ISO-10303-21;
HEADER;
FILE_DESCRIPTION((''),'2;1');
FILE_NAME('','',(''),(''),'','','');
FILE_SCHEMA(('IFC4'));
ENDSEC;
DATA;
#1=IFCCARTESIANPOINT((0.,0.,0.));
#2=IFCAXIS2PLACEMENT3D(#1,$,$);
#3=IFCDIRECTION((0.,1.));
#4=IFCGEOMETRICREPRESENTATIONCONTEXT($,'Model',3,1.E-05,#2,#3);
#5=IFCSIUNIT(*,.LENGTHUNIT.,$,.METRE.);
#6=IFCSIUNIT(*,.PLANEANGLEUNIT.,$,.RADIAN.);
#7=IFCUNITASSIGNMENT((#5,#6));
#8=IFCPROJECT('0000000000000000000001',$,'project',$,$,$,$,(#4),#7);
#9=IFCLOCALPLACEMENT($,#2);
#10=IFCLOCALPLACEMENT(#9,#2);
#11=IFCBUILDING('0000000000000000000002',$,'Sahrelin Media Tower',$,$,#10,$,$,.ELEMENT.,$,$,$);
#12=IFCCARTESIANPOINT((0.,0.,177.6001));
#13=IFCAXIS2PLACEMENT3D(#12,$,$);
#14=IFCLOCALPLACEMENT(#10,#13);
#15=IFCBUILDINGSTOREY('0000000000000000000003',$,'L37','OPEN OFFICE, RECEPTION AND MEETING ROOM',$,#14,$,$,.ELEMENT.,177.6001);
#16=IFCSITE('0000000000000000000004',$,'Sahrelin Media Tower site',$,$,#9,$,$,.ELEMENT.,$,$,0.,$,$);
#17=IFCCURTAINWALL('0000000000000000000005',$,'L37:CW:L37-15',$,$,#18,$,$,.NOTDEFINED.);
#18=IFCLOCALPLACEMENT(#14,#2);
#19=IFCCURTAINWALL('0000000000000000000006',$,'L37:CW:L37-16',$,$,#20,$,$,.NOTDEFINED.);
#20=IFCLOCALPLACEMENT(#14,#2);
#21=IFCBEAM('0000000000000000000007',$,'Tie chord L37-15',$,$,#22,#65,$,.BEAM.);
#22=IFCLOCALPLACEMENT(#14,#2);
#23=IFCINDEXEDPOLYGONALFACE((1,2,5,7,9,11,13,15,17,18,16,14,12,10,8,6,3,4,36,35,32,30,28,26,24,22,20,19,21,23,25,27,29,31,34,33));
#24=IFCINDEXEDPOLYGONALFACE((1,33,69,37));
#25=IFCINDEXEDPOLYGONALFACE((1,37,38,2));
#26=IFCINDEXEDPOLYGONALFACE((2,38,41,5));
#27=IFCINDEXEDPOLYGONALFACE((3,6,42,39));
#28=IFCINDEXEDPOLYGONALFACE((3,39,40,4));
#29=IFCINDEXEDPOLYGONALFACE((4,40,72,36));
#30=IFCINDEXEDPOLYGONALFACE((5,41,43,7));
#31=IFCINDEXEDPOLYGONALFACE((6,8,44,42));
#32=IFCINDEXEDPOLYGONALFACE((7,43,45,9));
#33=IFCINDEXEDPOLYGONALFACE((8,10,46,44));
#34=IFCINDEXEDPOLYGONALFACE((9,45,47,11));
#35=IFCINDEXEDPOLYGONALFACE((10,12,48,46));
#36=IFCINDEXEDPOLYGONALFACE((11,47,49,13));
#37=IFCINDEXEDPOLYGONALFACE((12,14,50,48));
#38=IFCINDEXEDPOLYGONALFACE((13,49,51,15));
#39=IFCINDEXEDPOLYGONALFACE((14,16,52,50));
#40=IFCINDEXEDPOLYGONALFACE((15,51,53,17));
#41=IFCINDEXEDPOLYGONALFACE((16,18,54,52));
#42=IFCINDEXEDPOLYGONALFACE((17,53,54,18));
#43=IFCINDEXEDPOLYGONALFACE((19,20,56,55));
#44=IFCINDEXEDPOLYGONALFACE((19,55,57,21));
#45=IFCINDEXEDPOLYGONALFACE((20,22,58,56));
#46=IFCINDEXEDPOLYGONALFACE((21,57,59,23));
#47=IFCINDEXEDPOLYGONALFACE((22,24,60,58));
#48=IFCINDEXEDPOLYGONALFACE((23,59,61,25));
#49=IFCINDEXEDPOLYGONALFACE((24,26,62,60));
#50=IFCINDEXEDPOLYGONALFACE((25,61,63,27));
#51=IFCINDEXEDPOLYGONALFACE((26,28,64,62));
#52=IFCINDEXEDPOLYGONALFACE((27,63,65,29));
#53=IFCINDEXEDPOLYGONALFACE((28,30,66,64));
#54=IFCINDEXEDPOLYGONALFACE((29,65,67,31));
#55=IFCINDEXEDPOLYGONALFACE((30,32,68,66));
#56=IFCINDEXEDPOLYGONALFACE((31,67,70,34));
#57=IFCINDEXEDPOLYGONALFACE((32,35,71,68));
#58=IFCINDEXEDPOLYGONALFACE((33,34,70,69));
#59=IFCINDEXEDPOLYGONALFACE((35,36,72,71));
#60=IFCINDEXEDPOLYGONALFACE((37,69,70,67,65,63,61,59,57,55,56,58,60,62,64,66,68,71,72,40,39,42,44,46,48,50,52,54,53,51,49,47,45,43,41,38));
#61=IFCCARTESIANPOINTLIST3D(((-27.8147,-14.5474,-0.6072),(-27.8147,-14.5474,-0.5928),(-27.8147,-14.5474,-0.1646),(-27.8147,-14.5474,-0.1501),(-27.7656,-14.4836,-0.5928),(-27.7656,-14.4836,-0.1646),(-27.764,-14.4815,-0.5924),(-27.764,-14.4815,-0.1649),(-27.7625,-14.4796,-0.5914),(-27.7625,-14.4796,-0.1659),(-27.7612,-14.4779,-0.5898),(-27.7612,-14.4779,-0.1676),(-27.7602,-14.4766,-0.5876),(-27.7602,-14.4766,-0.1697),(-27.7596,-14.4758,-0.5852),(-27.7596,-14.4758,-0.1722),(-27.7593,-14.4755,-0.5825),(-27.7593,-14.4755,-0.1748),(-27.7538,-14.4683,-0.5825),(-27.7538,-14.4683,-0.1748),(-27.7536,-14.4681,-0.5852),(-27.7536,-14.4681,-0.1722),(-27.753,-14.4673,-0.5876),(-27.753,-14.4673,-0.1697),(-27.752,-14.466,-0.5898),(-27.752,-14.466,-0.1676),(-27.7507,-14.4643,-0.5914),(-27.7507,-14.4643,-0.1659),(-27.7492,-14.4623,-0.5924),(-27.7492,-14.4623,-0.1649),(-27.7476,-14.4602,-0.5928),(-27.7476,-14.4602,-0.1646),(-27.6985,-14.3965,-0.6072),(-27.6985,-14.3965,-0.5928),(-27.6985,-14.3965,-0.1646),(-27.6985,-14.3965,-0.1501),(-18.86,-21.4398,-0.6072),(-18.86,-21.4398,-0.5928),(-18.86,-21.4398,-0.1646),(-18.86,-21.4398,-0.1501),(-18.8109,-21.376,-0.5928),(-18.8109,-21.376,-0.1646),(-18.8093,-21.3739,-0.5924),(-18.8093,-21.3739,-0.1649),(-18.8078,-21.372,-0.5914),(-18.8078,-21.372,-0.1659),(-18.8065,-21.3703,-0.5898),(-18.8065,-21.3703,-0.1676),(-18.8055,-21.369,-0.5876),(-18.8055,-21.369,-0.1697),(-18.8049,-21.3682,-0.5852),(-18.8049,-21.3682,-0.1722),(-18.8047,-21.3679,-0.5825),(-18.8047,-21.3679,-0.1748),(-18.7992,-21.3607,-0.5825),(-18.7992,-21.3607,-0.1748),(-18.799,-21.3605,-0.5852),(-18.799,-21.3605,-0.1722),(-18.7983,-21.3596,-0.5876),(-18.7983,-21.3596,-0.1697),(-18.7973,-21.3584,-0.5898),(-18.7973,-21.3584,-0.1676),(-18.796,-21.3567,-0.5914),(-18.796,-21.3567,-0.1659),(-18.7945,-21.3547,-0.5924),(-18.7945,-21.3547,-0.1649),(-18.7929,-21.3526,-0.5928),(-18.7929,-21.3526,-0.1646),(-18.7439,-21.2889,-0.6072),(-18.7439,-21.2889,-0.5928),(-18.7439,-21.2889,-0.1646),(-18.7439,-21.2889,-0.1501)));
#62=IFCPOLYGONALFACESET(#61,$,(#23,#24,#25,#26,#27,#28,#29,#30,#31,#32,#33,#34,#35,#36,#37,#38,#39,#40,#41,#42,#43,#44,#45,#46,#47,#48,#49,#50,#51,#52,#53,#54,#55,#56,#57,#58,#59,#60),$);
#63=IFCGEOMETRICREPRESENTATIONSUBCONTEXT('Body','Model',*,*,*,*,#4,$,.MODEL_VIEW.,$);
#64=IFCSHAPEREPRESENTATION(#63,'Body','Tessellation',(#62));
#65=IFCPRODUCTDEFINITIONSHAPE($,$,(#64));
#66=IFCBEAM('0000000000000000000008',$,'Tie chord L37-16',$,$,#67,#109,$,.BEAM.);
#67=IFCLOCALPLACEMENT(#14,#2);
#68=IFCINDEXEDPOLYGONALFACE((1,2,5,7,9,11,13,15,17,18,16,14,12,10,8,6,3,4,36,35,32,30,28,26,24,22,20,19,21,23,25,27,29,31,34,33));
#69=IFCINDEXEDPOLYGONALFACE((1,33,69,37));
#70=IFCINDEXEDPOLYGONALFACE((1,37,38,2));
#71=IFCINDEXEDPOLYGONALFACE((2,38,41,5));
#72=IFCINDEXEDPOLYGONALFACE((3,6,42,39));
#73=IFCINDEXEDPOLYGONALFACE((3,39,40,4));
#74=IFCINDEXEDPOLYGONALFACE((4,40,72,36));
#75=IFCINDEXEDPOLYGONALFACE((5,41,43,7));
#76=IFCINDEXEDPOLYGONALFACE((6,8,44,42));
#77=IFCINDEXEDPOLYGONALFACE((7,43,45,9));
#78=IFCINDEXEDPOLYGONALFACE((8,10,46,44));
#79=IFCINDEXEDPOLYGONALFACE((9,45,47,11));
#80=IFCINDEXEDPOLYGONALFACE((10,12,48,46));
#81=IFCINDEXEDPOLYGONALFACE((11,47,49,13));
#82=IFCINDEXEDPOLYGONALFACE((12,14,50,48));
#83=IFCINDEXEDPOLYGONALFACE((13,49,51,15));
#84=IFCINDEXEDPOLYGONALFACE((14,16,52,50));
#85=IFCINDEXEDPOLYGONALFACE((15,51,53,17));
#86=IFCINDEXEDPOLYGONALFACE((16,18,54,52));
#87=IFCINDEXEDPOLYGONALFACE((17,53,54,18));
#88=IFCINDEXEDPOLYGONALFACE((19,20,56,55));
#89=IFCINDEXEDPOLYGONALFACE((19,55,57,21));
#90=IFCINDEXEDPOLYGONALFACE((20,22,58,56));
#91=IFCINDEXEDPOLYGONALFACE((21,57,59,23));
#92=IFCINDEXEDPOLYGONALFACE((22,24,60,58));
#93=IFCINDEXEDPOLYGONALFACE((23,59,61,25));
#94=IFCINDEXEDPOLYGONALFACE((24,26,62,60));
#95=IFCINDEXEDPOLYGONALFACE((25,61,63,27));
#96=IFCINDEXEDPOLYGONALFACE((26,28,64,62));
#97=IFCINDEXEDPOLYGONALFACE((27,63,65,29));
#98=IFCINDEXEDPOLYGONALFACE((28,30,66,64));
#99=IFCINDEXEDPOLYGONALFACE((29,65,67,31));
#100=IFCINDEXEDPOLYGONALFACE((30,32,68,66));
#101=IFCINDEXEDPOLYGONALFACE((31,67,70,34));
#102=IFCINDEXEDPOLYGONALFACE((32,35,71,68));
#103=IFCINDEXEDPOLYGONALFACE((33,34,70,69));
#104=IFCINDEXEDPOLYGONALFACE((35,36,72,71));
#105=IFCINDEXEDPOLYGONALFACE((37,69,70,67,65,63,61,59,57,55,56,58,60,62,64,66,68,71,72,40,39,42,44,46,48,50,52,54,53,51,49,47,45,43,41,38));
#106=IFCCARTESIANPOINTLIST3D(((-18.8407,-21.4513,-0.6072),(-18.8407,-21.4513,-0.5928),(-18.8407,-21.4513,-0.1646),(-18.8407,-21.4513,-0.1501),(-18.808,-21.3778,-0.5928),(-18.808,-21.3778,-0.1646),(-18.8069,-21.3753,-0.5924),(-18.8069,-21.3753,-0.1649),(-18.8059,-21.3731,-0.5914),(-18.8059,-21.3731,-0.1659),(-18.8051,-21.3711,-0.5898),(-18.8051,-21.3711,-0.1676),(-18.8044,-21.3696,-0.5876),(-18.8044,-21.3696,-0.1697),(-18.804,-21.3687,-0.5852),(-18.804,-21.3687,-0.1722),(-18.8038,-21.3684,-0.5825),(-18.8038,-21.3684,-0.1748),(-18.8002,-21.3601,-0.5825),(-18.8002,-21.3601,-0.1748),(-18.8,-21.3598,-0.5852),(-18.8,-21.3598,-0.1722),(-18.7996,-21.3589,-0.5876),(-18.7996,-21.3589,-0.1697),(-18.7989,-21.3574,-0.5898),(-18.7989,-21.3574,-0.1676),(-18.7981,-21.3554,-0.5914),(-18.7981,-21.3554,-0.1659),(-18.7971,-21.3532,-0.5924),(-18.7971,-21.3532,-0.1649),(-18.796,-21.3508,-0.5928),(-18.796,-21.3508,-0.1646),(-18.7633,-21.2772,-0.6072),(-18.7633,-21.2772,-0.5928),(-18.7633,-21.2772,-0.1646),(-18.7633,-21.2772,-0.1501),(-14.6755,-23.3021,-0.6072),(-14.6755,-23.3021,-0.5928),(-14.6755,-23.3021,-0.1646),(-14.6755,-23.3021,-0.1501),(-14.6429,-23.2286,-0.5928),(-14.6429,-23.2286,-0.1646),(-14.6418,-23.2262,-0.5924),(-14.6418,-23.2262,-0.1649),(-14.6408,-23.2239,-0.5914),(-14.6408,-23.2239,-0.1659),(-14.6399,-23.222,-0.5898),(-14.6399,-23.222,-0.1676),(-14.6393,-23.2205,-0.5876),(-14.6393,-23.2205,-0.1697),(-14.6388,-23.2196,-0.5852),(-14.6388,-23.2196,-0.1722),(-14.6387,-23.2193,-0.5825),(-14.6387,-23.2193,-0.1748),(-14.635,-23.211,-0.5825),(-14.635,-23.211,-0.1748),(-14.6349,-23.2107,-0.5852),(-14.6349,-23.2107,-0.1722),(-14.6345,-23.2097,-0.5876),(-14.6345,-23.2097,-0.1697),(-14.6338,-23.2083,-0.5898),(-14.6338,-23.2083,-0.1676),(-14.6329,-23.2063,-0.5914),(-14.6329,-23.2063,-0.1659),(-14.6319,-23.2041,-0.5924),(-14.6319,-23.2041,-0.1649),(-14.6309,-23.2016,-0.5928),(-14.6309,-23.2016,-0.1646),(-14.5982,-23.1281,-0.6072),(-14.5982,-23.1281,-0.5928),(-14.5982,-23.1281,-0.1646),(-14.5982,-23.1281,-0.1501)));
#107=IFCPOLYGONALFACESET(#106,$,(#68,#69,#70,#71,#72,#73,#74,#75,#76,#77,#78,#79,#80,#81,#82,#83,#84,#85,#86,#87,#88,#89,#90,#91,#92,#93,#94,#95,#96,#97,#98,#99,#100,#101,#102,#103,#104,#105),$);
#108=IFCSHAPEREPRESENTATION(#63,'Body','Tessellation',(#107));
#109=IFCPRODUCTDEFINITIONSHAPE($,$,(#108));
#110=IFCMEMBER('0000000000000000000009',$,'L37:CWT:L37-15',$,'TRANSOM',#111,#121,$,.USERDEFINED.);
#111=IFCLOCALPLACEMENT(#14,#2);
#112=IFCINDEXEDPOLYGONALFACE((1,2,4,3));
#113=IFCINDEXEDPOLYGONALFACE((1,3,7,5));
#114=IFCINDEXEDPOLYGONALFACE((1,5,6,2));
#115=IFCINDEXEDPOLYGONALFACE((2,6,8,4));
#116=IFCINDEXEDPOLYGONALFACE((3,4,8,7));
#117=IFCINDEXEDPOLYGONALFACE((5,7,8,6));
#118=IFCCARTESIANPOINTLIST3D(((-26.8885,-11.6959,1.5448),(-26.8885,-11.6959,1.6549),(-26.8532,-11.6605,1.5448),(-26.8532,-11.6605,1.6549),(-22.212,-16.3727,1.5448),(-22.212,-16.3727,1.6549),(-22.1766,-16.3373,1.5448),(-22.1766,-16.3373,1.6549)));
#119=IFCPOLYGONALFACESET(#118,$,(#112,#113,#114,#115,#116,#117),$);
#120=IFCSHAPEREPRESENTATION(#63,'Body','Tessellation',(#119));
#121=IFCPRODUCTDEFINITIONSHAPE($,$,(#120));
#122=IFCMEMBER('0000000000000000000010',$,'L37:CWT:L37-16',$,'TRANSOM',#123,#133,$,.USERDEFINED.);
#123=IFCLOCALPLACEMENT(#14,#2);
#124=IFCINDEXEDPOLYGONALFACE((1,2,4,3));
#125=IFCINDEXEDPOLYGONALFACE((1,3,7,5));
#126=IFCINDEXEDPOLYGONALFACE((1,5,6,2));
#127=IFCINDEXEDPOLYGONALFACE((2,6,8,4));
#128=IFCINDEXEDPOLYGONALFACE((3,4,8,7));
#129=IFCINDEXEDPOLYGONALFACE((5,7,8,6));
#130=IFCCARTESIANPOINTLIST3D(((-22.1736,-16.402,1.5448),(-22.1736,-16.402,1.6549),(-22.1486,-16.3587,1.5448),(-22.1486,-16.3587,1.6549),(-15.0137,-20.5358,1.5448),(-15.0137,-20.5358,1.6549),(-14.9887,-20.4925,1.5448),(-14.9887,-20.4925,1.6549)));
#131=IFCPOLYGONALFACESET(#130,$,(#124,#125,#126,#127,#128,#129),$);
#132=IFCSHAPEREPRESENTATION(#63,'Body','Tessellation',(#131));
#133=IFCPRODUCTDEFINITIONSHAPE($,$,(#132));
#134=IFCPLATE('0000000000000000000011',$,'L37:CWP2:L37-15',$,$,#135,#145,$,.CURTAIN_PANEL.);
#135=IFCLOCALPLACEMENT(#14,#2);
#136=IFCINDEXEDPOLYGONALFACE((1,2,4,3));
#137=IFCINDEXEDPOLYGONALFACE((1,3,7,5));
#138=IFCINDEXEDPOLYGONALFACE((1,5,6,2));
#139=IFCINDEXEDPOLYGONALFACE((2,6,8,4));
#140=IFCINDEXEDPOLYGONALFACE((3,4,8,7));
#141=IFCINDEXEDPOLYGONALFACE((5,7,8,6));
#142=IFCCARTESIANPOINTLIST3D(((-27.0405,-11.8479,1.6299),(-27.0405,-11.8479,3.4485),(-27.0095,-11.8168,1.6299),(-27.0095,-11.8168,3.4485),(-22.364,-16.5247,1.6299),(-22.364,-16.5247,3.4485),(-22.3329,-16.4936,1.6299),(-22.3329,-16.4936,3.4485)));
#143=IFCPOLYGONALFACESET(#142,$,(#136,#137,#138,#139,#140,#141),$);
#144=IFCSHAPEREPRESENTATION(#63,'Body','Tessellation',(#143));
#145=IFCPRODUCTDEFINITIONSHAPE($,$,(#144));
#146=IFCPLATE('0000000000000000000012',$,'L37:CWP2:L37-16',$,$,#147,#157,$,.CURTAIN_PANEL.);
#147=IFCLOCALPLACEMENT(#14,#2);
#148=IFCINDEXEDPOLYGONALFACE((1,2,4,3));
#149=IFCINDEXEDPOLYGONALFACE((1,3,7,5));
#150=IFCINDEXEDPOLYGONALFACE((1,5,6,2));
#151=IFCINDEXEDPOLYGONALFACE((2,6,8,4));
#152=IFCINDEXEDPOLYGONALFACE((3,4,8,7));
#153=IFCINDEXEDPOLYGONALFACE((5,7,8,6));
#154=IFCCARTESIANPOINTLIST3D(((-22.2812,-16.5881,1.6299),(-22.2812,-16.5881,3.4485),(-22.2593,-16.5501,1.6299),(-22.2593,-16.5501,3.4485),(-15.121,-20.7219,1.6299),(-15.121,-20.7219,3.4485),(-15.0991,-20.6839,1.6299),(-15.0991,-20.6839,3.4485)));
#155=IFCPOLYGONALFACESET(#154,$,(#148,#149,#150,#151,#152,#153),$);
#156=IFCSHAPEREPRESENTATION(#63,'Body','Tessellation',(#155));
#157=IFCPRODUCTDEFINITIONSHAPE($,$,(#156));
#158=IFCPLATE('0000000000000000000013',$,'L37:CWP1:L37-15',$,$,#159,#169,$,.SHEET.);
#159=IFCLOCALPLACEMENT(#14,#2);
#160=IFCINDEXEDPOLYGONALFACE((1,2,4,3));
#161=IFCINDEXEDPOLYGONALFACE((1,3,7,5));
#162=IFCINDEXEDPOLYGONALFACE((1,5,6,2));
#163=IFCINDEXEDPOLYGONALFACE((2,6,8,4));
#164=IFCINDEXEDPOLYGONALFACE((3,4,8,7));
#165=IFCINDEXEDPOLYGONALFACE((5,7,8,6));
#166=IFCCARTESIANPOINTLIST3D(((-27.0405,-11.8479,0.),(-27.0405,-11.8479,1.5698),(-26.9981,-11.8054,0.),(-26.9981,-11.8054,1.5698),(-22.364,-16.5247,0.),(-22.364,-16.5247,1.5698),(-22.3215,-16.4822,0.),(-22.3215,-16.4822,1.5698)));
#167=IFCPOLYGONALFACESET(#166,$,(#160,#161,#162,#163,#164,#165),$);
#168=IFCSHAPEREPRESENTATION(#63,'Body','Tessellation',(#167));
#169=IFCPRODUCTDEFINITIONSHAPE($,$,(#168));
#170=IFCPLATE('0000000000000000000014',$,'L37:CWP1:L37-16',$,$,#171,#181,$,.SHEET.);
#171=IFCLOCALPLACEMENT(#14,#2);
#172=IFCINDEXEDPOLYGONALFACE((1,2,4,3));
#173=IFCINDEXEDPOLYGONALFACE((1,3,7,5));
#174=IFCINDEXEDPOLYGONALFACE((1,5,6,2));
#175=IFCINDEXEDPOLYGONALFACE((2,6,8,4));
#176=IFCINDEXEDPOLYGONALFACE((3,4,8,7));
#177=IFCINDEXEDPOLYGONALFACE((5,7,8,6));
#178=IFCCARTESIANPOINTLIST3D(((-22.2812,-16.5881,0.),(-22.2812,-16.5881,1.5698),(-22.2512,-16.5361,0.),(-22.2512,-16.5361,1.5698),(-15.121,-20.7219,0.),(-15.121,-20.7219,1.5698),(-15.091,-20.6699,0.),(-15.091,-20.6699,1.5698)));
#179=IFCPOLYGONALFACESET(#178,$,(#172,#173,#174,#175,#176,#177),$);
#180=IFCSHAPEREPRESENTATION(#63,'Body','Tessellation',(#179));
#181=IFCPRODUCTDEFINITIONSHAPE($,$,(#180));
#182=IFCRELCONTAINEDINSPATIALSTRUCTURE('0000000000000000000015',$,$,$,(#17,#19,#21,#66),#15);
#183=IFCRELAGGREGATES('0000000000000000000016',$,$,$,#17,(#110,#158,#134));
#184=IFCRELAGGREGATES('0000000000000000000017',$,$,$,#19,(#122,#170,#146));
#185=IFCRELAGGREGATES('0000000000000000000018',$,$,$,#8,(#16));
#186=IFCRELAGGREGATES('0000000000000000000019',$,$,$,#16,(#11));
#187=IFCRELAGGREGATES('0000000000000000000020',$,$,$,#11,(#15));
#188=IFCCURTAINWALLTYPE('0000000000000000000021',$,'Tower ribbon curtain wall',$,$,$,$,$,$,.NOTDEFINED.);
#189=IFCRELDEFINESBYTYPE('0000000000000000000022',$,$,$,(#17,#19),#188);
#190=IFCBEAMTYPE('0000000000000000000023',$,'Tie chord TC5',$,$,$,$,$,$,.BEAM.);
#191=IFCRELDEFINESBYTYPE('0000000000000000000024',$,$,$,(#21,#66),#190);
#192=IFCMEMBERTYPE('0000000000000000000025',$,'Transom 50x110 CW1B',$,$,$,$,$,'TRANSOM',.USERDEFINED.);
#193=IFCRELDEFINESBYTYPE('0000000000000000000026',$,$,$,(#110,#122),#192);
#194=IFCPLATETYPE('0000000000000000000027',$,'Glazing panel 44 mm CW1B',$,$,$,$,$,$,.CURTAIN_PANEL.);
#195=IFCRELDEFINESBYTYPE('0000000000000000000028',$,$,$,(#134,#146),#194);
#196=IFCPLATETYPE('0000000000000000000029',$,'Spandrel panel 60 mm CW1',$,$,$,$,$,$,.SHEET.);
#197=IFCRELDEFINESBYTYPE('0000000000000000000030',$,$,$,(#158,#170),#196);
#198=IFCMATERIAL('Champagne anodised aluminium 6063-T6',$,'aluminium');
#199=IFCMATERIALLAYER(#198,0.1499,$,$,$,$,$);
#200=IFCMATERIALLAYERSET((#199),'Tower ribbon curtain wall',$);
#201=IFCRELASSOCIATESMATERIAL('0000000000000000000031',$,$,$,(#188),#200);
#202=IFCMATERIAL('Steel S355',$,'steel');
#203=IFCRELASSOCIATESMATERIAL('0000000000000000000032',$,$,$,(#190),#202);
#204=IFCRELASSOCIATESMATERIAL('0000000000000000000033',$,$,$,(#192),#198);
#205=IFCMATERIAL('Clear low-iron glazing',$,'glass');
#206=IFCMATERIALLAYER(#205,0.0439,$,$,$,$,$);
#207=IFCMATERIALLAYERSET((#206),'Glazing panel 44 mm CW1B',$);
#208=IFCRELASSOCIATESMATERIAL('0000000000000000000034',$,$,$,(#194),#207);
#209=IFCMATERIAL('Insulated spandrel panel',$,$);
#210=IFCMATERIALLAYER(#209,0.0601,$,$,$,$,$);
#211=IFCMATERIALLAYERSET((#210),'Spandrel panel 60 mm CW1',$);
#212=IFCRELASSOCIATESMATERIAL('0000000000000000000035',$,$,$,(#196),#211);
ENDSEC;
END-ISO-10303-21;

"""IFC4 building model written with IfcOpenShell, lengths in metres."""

from ifc_helpers import new_model, si_unit, direction, frame, origin, origin_2d, place, context, subcontext, project, spatial, polyline, rectangle, i_section, outline, extrude, material, layer, layer_set, material_profile, profile_set, type_object, element, aggregate, save


model = new_model("IFC4")

# Units and contexts
model_context = context("Model", 3, precision=1e-05, world=origin(), true_north=direction((0.0, 1.0)))
body_context = subcontext(model_context, "Body", "Model", "MODEL_VIEW")
ifc_project = project(units=[si_unit("LENGTHUNIT", "METRE"), si_unit("PLANEANGLEUNIT", "RADIAN")], contexts=[model_context])

# Site, building, storey
site_placement = place(None, origin())
site = spatial("IfcSite", under=ifc_project, at=site_placement, Name="Sahrelin Media Tower site", CompositionType="ELEMENT", RefElevation=0.0)
building_placement = place(site_placement, origin())
building = spatial("IfcBuilding", under=site, at=building_placement, Name="Sahrelin Media Tower", CompositionType="ELEMENT")
storey_placement = place(building_placement, frame((0.0, 0.0, 177.6001)))
storey = spatial("IfcBuildingStorey", under=building, at=storey_placement, Name="L37", Description="OPEN OFFICE, RECEPTION AND MEETING ROOM", CompositionType="ELEMENT", Elevation=177.6001)

# Shared definitions
ifc_material_1 = material(Name="Steel S355", Category="steel")

# Curtain walls
ifc_material_2 = material(Name="Champagne anodised aluminium 6063-T6", Category="aluminium")
ifc_layer_1 = layer(ifc_material_2, 0.1499)
ifc_layer_set_1 = layer_set([ifc_layer_1], Name="Tower ribbon curtain wall")
curtain_wall_type = type_object("IfcCurtainWallType", Name="Tower ribbon curtain wall", PredefinedType="NOTDEFINED", material=ifc_layer_set_1)
curtain_wall_1_placement = place(storey_placement, frame((-24.6882, -14.1721, 0.0), z_axis=(0.0, 0.0, 1.0), x_axis=(1.0, 0.0, 0.0)))
curtain_wall_1 = element("IfcCurtainWall", 1, at=curtain_wall_1_placement, inside=storey, type_object=curtain_wall_type, Name="L37:CW:L37-15", PredefinedType="NOTDEFINED")
curtain_wall_2_placement = place(storey_placement, frame((-18.6912, -18.6377, 0.0), z_axis=(0.0, 0.0, 1.0), x_axis=(1.0, 0.0, 0.0)))
curtain_wall_2 = element("IfcCurtainWall", 2, at=curtain_wall_2_placement, inside=storey, type_object=curtain_wall_type, Name="L37:CW:L37-16", PredefinedType="NOTDEFINED")

# Beams
ifc_material_profile_1 = material_profile(ifc_material_1, i_section(OverallWidth=0.1904, OverallDepth=0.457, WebThickness=0.009, FlangeThickness=0.0144, FilletRadius=0.0103, at=origin_2d()), Name="UB 457x191x74")
ifc_profile_set_1 = profile_set([ifc_material_profile_1], Name="Steel S355")
beam_type_1 = type_object("IfcBeamType", Name="Tie chord TC5", PredefinedType="BEAM", material=ifc_profile_set_1)
beam_1_placement = place(storey_placement, frame((-27.7566, -14.4719, -0.3787), z_axis=(0.792445, -0.609944, 0.0), x_axis=(0.609944, 0.792445, 0.0)))
element("IfcBeam", 3, at=beam_1_placement, inside=storey, type_object=beam_type_1, Name="Tie chord L37-15", PredefinedType="BEAM", context=body_context, shape_type="SweptSolid", body=[
    extrude(i_section(OverallWidth=0.1904, OverallDepth=0.457, WebThickness=0.009, FlangeThickness=0.0144, FilletRadius=0.0103, at=origin_2d()), origin(), (0.0, 0.0, 1.0), 11.3),
])
beam_2_placement = place(storey_placement, frame((-18.802, -21.3643, -0.3787), z_axis=(0.913836, -0.406084, 0.0), x_axis=(0.406084, 0.913836, 0.0)))
element("IfcBeam", 4, at=beam_2_placement, inside=storey, type_object=beam_type_1, Name="Tie chord L37-16", PredefinedType="BEAM", context=body_context, shape_type="SweptSolid", body=[
    extrude(i_section(OverallWidth=0.1904, OverallDepth=0.457, WebThickness=0.009, FlangeThickness=0.0144, FilletRadius=0.0103, at=origin_2d()), origin(), (0.0, 0.0, 1.0), 4.5579),
])

# Members
ifc_material_profile_2 = material_profile(ifc_material_2, rectangle(XDim=0.05, YDim=0.1101, at=origin_2d()), Name="Transom 50x110")
ifc_profile_set_2 = profile_set([ifc_material_profile_2], Name="Champagne anodised aluminium 6063-T6")
member_type_1 = type_object("IfcMemberType", Name="Transom 50x110 CW1B", ElementType="TRANSOM", PredefinedType="USERDEFINED", material=ifc_profile_set_2)
member_1_placement = place(storey_placement, frame((-26.8708, -11.6782, 1.5999), z_axis=(0.707088, -0.707125, 0.0), x_axis=(0.707125, 0.707088, 0.0)))
member_1 = element("IfcMember", 5, at=member_1_placement, type_object=member_type_1, Name="L37:CWT:L37-15", ObjectType="TRANSOM", PredefinedType="USERDEFINED", context=body_context, shape_type="SweptSolid", body=[
    extrude(rectangle(XDim=0.05, YDim=0.1101, at=origin_2d()), origin(), (0.0, 0.0, 1.0), 6.6138),
])
member_2_placement = place(storey_placement, frame((-22.1611, -16.3804, 1.5999), z_axis=(0.866025, -0.500001, 0.0), x_axis=(0.500001, 0.866025, 0.0)))
member_2 = element("IfcMember", 6, at=member_2_placement, type_object=member_type_1, Name="L37:CWT:L37-16", ObjectType="TRANSOM", PredefinedType="USERDEFINED", context=body_context, shape_type="SweptSolid", body=[
    extrude(rectangle(XDim=0.05, YDim=0.1101, at=origin_2d()), origin(), (0.0, 0.0, 1.0), 8.2676),
])

# Plates
ifc_material_3 = material(Name="Clear low-iron glazing", Category="glass")
ifc_layer_2 = layer(ifc_material_3, 0.0439)
ifc_layer_set_2 = layer_set([ifc_layer_2], Name="Glazing panel 44 mm CW1B")
plate_type_1 = type_object("IfcPlateType", Name="Glazing panel 44 mm CW1B", PredefinedType="CURTAIN_PANEL", material=ifc_layer_set_2)
plate_1_placement = place(storey_placement, frame((-27.0405, -11.8479, 1.6299), z_axis=(-0.707125, -0.707088, 0.0), x_axis=(0.707088, -0.707125, 0.0)))
plate_1 = element("IfcPlate", 7, at=plate_1_placement, type_object=plate_type_1, Name="L37:CWP2:L37-15", PredefinedType="CURTAIN_PANEL", context=body_context, shape_type="SweptSolid", body=[
    extrude(outline(polyline([(0.0, 0.0), (6.6138, 0.0), (6.6138, 1.8186), (0.0, 1.8186), (0.0, 0.0)])), origin(), (0.0, 0.0, -1.0), 0.0439),
])
plate_2_placement = place(storey_placement, frame((-22.2812, -16.5881, 1.6299), z_axis=(-0.499988, -0.866032, 0.0), x_axis=(0.866032, -0.499988, 0.0)))
plate_2 = element("IfcPlate", 8, at=plate_2_placement, type_object=plate_type_1, Name="L37:CWP2:L37-16", PredefinedType="CURTAIN_PANEL", context=body_context, shape_type="SweptSolid", body=[
    extrude(outline(polyline([(0.0, 0.0), (8.2678, 0.0), (8.2678, 1.8186), (0.0, 1.8186), (0.0, 0.0)])), origin(), (0.0, 0.0, -1.0), 0.0439),
])
ifc_material_4 = material(Name="Insulated spandrel panel")
ifc_layer_3 = layer(ifc_material_4, 0.0601)
ifc_layer_set_3 = layer_set([ifc_layer_3], Name="Spandrel panel 60 mm CW1")
plate_type_2 = type_object("IfcPlateType", Name="Spandrel panel 60 mm CW1", PredefinedType="SHEET", material=ifc_layer_set_3)
plate_3_placement = place(storey_placement, frame((-27.0405, -11.8479, 0.0), z_axis=(-0.707125, -0.707088, 0.0), x_axis=(0.707088, -0.707125, 0.0)))
plate_3 = element("IfcPlate", 9, at=plate_3_placement, type_object=plate_type_2, Name="L37:CWP1:L37-15", PredefinedType="SHEET", context=body_context, shape_type="SweptSolid", body=[
    extrude(outline(polyline([(0.0, 0.0), (6.6138, 0.0), (6.6138, 1.5698), (0.0, 1.5698), (0.0, 0.0)])), origin(), (0.0, 0.0, -1.0), 0.0601),
])
aggregate(curtain_wall_1, [member_1, plate_3, plate_1])
plate_4_placement = place(storey_placement, frame((-22.2812, -16.5881, 0.0), z_axis=(-0.499988, -0.866032, 0.0), x_axis=(0.866032, -0.499988, 0.0)))
plate_4 = element("IfcPlate", 10, at=plate_4_placement, type_object=plate_type_2, Name="L37:CWP1:L37-16", PredefinedType="SHEET", context=body_context, shape_type="SweptSolid", body=[
    extrude(outline(polyline([(0.0, 0.0), (8.2678, 0.0), (8.2678, 1.5698), (0.0, 1.5698), (0.0, 0.0)])), origin(), (0.0, 0.0, -1.0), 0.0601),
])
aggregate(curtain_wall_2, [member_2, plate_4, plate_2])

save(model, "model.ifc")
